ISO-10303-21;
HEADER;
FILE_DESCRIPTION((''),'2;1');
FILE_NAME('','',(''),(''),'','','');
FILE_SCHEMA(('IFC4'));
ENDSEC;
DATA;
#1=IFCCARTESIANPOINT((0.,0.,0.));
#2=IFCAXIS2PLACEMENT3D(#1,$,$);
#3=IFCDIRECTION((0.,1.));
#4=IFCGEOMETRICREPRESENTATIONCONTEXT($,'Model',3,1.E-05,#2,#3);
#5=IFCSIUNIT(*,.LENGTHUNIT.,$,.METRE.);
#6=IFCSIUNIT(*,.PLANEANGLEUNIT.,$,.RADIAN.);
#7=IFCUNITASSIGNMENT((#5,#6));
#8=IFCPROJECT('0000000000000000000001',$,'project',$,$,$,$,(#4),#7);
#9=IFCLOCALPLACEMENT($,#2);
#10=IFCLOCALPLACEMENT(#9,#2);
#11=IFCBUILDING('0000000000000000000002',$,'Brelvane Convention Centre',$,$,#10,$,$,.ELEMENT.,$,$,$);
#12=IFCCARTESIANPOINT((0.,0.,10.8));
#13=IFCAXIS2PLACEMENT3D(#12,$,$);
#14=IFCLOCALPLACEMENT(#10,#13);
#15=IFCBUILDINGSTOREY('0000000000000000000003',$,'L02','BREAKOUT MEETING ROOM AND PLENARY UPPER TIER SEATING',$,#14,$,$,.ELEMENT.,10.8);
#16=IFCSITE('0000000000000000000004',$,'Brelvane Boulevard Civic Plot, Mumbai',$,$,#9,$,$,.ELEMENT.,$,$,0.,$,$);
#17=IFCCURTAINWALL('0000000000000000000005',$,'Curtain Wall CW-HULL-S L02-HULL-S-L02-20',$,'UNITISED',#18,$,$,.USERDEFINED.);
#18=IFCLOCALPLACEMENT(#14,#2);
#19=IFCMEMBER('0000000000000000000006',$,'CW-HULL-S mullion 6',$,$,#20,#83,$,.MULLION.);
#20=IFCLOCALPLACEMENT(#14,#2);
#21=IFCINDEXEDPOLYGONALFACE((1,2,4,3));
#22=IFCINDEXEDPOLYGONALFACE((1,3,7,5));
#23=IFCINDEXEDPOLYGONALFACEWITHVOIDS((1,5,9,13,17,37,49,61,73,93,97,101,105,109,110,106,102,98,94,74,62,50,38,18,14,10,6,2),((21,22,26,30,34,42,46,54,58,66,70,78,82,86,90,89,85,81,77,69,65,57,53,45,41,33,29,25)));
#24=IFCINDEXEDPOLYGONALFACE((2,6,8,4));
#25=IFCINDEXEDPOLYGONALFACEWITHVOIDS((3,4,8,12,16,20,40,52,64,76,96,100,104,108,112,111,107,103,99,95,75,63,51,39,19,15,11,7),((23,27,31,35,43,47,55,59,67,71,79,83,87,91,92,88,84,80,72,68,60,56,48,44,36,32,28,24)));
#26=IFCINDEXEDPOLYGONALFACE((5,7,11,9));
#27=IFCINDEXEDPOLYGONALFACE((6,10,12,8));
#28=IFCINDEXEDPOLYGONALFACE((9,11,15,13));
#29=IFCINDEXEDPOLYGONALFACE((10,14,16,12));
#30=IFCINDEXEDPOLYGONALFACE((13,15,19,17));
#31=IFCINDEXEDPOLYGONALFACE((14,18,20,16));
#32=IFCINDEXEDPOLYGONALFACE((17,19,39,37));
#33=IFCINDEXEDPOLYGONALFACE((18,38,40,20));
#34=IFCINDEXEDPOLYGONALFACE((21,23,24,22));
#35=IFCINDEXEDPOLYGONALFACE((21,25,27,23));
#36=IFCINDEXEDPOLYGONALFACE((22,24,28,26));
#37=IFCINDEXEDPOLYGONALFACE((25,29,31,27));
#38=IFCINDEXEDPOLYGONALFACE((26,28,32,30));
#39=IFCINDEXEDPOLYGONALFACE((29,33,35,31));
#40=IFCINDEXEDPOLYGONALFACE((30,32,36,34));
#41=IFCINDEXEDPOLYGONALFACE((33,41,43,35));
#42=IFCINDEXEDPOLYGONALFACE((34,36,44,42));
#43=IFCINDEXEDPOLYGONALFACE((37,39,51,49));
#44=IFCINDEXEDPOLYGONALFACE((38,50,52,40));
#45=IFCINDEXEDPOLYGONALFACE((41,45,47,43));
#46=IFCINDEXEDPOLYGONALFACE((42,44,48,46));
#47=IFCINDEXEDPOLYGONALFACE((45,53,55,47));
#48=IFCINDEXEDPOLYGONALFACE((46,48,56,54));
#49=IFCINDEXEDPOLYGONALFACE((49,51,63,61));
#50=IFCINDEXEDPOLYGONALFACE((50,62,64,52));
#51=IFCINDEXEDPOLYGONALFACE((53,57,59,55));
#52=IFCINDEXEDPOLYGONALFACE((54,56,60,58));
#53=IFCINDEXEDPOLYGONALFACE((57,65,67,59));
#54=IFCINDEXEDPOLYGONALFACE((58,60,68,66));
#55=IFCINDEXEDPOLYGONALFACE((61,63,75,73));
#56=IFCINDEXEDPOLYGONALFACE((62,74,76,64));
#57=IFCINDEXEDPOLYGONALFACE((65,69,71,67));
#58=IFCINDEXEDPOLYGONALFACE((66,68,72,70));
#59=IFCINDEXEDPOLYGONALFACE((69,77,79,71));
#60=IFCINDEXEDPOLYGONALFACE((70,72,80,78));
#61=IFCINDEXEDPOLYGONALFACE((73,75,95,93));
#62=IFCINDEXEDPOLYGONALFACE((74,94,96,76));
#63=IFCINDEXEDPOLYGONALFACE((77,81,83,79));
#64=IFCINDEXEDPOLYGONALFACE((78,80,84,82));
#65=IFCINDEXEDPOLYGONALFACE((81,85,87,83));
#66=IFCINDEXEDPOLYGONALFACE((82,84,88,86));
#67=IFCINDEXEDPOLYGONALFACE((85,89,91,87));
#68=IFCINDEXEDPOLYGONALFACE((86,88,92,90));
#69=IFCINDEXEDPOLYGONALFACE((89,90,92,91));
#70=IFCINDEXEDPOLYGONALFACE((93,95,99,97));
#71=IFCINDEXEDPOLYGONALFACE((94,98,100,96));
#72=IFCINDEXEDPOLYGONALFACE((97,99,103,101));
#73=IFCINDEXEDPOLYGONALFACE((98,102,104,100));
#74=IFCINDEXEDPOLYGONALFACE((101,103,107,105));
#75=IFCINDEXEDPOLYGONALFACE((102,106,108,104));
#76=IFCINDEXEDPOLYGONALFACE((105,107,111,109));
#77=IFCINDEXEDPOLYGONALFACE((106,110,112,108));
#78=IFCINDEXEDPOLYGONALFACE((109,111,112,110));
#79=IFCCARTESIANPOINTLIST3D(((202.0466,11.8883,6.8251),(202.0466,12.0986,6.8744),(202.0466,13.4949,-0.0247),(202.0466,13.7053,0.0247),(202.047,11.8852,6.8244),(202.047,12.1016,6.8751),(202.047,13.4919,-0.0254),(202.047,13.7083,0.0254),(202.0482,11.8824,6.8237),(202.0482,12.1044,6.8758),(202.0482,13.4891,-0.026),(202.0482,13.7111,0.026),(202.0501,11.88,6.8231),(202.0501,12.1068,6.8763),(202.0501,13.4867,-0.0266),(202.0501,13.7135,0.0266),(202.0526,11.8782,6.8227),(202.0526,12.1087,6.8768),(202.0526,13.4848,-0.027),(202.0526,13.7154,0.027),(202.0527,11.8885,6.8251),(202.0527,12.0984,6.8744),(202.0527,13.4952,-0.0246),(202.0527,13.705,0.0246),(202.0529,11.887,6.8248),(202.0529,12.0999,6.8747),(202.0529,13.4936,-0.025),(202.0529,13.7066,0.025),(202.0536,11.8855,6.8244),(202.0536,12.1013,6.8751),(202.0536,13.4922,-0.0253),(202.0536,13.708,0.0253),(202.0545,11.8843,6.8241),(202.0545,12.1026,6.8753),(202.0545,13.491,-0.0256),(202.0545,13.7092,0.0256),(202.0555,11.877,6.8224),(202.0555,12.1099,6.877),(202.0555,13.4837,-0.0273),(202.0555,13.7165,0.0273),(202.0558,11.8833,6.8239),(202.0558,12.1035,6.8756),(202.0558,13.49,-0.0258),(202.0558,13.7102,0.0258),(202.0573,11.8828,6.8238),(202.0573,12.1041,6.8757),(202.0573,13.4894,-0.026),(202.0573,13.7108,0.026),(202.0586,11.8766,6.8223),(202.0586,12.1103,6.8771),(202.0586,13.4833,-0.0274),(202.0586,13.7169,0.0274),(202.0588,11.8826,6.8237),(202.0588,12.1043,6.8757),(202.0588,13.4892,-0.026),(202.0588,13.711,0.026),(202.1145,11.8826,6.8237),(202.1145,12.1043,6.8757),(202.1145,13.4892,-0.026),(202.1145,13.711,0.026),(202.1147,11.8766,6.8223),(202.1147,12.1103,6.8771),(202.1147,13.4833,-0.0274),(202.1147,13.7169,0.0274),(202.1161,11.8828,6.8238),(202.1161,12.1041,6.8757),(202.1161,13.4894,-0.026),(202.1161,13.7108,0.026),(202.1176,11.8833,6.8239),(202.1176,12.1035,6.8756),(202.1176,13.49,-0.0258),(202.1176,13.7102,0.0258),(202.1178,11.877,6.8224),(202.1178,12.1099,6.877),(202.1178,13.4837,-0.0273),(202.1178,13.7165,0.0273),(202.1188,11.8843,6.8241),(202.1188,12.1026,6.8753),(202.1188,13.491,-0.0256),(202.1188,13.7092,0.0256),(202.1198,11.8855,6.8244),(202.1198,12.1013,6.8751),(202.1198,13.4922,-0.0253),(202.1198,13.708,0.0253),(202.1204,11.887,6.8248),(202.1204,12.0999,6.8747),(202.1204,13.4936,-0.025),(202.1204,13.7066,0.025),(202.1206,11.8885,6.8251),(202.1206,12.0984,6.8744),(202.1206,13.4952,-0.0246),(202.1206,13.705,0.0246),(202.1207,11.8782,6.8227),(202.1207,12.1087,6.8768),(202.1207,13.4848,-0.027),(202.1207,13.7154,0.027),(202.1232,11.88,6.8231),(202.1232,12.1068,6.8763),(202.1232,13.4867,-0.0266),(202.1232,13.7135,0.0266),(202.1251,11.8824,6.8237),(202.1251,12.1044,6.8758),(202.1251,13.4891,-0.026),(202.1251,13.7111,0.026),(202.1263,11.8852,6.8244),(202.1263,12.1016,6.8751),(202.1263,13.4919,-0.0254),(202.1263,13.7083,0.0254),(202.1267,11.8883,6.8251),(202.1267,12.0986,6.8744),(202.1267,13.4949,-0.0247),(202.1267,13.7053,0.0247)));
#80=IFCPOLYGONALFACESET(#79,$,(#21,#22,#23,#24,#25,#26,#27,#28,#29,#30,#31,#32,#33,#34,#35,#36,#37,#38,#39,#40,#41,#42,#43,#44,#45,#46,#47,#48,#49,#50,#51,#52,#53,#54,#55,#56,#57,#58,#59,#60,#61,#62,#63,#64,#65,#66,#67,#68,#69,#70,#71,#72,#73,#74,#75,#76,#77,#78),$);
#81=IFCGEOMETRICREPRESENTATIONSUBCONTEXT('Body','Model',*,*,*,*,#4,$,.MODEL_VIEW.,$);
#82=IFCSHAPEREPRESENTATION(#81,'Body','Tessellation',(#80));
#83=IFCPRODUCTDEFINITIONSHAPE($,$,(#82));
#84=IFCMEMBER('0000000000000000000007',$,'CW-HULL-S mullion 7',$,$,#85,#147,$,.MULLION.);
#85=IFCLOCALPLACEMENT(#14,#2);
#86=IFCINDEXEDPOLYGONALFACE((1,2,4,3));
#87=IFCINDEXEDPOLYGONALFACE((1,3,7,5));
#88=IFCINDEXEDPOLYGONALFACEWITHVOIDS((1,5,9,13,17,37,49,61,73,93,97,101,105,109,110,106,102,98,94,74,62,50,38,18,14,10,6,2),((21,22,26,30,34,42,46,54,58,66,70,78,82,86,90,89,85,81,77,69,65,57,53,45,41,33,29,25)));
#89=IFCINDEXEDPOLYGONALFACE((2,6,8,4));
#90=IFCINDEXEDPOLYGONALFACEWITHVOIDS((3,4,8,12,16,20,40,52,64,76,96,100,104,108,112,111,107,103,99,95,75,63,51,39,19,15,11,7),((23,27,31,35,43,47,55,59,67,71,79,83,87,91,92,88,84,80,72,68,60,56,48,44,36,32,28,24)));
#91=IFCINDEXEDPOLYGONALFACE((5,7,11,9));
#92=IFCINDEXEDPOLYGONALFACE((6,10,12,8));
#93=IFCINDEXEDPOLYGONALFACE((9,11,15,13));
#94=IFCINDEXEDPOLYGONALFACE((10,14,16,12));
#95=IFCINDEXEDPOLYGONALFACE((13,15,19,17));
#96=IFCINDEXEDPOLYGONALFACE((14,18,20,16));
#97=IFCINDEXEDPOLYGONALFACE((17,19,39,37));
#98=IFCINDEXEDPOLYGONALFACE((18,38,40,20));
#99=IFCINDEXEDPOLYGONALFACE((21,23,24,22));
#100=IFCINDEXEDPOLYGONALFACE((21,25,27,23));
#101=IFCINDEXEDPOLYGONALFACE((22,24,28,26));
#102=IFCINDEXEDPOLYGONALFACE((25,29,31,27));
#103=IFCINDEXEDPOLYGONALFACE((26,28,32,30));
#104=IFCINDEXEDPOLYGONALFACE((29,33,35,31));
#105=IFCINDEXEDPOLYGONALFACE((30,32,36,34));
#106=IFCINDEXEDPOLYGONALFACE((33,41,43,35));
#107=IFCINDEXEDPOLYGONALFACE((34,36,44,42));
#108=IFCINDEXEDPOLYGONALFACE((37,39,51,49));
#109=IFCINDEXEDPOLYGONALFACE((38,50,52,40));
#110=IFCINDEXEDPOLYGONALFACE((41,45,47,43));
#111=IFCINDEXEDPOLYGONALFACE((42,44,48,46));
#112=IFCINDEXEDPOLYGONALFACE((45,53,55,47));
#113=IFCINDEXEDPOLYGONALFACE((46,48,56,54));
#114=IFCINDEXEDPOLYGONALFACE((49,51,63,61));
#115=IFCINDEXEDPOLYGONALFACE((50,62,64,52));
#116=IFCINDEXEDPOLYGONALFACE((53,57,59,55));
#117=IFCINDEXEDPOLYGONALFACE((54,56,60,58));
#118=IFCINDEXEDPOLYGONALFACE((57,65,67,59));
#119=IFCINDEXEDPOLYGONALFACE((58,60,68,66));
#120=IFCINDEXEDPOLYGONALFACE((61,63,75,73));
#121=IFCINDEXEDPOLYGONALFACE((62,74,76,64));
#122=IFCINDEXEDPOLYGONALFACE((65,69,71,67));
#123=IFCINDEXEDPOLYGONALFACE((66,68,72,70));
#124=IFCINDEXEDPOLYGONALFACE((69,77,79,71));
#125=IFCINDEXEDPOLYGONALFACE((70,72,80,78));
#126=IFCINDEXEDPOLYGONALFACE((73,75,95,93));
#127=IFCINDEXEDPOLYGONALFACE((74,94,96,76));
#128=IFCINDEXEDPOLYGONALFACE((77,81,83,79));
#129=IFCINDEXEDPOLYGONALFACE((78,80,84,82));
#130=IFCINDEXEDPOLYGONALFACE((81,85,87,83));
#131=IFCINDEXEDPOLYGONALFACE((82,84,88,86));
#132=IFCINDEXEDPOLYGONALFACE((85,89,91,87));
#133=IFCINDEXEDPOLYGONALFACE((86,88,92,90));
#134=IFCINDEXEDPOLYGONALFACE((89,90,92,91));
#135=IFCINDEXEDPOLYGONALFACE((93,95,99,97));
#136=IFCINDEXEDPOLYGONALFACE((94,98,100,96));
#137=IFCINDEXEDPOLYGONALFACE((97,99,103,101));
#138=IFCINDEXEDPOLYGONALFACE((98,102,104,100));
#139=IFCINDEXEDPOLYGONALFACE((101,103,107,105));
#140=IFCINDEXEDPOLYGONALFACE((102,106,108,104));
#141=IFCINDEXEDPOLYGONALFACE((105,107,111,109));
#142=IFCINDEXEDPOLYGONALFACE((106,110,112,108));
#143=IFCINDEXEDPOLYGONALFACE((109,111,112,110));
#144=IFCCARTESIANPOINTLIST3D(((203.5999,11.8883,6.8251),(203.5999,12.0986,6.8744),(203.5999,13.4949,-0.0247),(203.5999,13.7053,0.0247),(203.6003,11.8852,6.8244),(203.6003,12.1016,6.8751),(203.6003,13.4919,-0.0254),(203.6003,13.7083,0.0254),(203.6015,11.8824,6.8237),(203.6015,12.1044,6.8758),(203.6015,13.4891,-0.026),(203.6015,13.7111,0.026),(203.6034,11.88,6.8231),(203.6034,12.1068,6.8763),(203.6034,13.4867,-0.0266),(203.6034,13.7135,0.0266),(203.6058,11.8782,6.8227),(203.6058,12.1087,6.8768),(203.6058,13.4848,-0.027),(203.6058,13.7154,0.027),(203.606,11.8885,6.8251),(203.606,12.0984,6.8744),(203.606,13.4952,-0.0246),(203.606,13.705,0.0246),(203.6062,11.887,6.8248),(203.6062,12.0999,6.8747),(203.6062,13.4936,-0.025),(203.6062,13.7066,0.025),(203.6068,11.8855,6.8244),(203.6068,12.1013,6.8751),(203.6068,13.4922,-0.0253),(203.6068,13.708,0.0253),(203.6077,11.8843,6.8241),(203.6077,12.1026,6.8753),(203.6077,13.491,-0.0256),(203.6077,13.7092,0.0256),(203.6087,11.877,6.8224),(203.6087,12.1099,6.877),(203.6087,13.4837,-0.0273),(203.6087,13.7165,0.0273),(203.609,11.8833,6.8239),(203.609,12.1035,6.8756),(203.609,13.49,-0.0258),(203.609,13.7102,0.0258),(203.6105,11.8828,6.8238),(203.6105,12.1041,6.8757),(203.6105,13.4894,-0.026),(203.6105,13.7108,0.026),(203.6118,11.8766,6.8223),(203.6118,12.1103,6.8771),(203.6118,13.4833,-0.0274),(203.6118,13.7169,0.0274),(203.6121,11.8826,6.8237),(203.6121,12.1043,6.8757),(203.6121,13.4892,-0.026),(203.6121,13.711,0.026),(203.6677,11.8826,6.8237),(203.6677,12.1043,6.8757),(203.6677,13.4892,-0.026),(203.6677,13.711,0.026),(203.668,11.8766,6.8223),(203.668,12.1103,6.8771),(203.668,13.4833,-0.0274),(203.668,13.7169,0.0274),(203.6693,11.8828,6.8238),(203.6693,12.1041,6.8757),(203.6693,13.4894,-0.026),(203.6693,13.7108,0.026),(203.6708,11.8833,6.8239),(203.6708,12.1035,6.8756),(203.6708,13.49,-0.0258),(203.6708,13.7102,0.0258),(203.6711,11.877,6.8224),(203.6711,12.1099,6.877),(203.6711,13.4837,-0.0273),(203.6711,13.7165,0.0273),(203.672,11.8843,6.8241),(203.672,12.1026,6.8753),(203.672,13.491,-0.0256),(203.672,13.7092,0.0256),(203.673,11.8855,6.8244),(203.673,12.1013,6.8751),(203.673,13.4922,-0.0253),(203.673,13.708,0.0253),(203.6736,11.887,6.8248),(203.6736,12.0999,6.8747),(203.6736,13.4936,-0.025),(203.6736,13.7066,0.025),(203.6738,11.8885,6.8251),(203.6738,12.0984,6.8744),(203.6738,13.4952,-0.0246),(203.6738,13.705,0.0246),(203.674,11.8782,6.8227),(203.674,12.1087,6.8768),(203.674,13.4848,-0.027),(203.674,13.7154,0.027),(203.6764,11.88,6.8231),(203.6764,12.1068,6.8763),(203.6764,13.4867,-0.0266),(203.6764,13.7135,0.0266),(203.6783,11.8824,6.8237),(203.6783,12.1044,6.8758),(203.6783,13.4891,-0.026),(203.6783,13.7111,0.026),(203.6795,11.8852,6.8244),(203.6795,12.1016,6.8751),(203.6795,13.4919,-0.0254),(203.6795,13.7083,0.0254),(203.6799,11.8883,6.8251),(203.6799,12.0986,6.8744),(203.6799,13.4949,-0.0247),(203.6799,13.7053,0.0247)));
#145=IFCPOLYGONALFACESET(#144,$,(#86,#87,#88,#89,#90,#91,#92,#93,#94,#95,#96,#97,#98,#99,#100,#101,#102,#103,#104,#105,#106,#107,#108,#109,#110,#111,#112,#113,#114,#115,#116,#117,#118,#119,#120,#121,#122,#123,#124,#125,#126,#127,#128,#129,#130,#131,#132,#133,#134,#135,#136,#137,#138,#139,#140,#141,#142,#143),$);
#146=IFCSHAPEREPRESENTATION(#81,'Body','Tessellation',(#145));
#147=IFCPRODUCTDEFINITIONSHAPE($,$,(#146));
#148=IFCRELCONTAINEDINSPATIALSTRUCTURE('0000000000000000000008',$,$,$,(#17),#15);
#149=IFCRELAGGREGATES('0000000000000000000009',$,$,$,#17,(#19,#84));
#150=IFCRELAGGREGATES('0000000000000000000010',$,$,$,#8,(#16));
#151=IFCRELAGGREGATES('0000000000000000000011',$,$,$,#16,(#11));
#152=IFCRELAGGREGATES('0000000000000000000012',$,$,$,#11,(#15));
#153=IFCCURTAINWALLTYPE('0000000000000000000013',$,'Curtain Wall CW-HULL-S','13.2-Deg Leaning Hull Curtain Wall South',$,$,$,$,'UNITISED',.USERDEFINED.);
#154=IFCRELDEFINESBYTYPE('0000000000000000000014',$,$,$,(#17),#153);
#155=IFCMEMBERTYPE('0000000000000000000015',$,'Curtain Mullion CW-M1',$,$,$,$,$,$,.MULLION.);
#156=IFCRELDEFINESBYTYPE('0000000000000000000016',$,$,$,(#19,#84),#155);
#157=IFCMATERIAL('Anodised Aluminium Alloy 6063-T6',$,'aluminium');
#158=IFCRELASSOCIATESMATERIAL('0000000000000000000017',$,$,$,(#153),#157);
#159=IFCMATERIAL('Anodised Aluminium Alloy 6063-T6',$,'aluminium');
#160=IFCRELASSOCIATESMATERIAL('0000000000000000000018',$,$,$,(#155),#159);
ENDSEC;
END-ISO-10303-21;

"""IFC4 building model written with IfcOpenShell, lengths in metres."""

from ifc_helpers import new_model, si_unit, direction, frame, origin, origin_2d, place, context, subcontext, project, spatial, hollow_rectangle, extrude, material, material_profile, profile_set, type_object, element, aggregate, save


model = new_model("IFC4")

# Units and contexts
model_context = context("Model", 3, precision=1e-05, world=origin(), true_north=direction((0.0, 1.0)))
body_context = subcontext(model_context, "Body", "Model", "MODEL_VIEW")
ifc_project = project(units=[si_unit("LENGTHUNIT", "METRE"), si_unit("PLANEANGLEUNIT", "RADIAN")], contexts=[model_context])

# Site, building, storey
site_placement = place(None, origin())
site = spatial("IfcSite", under=ifc_project, at=site_placement, Name="Brelvane Boulevard Civic Plot, Mumbai", CompositionType="ELEMENT", RefElevation=0.0)
building_placement = place(site_placement, origin())
building = spatial("IfcBuilding", under=site, at=building_placement, Name="Brelvane Convention Centre", CompositionType="ELEMENT")
storey_placement = place(building_placement, frame((0.0, 0.0, 10.8)))
storey = spatial("IfcBuildingStorey", under=building, at=storey_placement, Name="L02", Description="BREAKOUT MEETING ROOM AND PLENARY UPPER TIER SEATING", CompositionType="ELEMENT", Elevation=10.8)

# Curtain wall, members
ifc_material_1 = material(Name="Anodised Aluminium Alloy 6063-T6", Category="aluminium")
curtain_wall_type = type_object("IfcCurtainWallType", Name="Curtain Wall CW-HULL-S", Description="13.2-Deg Leaning Hull Curtain Wall South", ElementType="UNITISED", PredefinedType="USERDEFINED", material=ifc_material_1)
ifc_material_2 = material(Name="Anodised Aluminium Alloy 6063-T6", Category="aluminium")
ifc_material_profile_1 = material_profile(ifc_material_2, hollow_rectangle(XDim=0.0801, YDim=0.24, WallThickness=0.0061, InnerFilletRadius=0.0061, OuterFilletRadius=0.012, at=origin_2d()), Name="ALU-M 240x80x6.0")
ifc_profile_set_1 = profile_set([ifc_material_profile_1], Name="Anodised Aluminium Alloy 6063-T6")
member_type_1 = type_object("IfcMemberType", Name="Curtain Mullion CW-M1", PredefinedType="MULLION", material=ifc_profile_set_1)
curtain_wall_1_placement = place(storey_placement, origin())
curtain_wall_1 = element("IfcCurtainWall", 1, at=curtain_wall_1_placement, inside=storey, type_object=curtain_wall_type, Name="Curtain Wall CW-HULL-S L02-HULL-S-L02-20", ObjectType="UNITISED", PredefinedType="USERDEFINED")
member_1_placement = place(storey_placement, frame((202.0867, 13.6001, 0.0), z_axis=(0.0, -0.22836, 0.973577), x_axis=(1.0, 0.0, 0.0)))
member_1 = element("IfcMember", 2, at=member_1_placement, type_object=member_type_1, Name="CW-HULL-S mullion 6", PredefinedType="MULLION", context=body_context, shape_type="SweptSolid", body=[
    extrude(hollow_rectangle(XDim=0.0801, YDim=0.24, WallThickness=0.0061, InnerFilletRadius=0.0061, OuterFilletRadius=0.012, at=origin_2d()), origin(), (0.0, 0.0, 1.0), 7.0356),
])
member_2_placement = place(storey_placement, frame((203.6399, 13.6001, 0.0), z_axis=(0.0, -0.22836, 0.973577), x_axis=(1.0, 0.0, 0.0)))
member_2 = element("IfcMember", 3, at=member_2_placement, type_object=member_type_1, Name="CW-HULL-S mullion 7", PredefinedType="MULLION", context=body_context, shape_type="SweptSolid", body=[
    extrude(hollow_rectangle(XDim=0.0801, YDim=0.24, WallThickness=0.0061, InnerFilletRadius=0.0061, OuterFilletRadius=0.012, at=origin_2d()), origin(), (0.0, 0.0, 1.0), 7.0356),
])

aggregate(curtain_wall_1, [member_1, member_2])

save(model, "model.ifc")
